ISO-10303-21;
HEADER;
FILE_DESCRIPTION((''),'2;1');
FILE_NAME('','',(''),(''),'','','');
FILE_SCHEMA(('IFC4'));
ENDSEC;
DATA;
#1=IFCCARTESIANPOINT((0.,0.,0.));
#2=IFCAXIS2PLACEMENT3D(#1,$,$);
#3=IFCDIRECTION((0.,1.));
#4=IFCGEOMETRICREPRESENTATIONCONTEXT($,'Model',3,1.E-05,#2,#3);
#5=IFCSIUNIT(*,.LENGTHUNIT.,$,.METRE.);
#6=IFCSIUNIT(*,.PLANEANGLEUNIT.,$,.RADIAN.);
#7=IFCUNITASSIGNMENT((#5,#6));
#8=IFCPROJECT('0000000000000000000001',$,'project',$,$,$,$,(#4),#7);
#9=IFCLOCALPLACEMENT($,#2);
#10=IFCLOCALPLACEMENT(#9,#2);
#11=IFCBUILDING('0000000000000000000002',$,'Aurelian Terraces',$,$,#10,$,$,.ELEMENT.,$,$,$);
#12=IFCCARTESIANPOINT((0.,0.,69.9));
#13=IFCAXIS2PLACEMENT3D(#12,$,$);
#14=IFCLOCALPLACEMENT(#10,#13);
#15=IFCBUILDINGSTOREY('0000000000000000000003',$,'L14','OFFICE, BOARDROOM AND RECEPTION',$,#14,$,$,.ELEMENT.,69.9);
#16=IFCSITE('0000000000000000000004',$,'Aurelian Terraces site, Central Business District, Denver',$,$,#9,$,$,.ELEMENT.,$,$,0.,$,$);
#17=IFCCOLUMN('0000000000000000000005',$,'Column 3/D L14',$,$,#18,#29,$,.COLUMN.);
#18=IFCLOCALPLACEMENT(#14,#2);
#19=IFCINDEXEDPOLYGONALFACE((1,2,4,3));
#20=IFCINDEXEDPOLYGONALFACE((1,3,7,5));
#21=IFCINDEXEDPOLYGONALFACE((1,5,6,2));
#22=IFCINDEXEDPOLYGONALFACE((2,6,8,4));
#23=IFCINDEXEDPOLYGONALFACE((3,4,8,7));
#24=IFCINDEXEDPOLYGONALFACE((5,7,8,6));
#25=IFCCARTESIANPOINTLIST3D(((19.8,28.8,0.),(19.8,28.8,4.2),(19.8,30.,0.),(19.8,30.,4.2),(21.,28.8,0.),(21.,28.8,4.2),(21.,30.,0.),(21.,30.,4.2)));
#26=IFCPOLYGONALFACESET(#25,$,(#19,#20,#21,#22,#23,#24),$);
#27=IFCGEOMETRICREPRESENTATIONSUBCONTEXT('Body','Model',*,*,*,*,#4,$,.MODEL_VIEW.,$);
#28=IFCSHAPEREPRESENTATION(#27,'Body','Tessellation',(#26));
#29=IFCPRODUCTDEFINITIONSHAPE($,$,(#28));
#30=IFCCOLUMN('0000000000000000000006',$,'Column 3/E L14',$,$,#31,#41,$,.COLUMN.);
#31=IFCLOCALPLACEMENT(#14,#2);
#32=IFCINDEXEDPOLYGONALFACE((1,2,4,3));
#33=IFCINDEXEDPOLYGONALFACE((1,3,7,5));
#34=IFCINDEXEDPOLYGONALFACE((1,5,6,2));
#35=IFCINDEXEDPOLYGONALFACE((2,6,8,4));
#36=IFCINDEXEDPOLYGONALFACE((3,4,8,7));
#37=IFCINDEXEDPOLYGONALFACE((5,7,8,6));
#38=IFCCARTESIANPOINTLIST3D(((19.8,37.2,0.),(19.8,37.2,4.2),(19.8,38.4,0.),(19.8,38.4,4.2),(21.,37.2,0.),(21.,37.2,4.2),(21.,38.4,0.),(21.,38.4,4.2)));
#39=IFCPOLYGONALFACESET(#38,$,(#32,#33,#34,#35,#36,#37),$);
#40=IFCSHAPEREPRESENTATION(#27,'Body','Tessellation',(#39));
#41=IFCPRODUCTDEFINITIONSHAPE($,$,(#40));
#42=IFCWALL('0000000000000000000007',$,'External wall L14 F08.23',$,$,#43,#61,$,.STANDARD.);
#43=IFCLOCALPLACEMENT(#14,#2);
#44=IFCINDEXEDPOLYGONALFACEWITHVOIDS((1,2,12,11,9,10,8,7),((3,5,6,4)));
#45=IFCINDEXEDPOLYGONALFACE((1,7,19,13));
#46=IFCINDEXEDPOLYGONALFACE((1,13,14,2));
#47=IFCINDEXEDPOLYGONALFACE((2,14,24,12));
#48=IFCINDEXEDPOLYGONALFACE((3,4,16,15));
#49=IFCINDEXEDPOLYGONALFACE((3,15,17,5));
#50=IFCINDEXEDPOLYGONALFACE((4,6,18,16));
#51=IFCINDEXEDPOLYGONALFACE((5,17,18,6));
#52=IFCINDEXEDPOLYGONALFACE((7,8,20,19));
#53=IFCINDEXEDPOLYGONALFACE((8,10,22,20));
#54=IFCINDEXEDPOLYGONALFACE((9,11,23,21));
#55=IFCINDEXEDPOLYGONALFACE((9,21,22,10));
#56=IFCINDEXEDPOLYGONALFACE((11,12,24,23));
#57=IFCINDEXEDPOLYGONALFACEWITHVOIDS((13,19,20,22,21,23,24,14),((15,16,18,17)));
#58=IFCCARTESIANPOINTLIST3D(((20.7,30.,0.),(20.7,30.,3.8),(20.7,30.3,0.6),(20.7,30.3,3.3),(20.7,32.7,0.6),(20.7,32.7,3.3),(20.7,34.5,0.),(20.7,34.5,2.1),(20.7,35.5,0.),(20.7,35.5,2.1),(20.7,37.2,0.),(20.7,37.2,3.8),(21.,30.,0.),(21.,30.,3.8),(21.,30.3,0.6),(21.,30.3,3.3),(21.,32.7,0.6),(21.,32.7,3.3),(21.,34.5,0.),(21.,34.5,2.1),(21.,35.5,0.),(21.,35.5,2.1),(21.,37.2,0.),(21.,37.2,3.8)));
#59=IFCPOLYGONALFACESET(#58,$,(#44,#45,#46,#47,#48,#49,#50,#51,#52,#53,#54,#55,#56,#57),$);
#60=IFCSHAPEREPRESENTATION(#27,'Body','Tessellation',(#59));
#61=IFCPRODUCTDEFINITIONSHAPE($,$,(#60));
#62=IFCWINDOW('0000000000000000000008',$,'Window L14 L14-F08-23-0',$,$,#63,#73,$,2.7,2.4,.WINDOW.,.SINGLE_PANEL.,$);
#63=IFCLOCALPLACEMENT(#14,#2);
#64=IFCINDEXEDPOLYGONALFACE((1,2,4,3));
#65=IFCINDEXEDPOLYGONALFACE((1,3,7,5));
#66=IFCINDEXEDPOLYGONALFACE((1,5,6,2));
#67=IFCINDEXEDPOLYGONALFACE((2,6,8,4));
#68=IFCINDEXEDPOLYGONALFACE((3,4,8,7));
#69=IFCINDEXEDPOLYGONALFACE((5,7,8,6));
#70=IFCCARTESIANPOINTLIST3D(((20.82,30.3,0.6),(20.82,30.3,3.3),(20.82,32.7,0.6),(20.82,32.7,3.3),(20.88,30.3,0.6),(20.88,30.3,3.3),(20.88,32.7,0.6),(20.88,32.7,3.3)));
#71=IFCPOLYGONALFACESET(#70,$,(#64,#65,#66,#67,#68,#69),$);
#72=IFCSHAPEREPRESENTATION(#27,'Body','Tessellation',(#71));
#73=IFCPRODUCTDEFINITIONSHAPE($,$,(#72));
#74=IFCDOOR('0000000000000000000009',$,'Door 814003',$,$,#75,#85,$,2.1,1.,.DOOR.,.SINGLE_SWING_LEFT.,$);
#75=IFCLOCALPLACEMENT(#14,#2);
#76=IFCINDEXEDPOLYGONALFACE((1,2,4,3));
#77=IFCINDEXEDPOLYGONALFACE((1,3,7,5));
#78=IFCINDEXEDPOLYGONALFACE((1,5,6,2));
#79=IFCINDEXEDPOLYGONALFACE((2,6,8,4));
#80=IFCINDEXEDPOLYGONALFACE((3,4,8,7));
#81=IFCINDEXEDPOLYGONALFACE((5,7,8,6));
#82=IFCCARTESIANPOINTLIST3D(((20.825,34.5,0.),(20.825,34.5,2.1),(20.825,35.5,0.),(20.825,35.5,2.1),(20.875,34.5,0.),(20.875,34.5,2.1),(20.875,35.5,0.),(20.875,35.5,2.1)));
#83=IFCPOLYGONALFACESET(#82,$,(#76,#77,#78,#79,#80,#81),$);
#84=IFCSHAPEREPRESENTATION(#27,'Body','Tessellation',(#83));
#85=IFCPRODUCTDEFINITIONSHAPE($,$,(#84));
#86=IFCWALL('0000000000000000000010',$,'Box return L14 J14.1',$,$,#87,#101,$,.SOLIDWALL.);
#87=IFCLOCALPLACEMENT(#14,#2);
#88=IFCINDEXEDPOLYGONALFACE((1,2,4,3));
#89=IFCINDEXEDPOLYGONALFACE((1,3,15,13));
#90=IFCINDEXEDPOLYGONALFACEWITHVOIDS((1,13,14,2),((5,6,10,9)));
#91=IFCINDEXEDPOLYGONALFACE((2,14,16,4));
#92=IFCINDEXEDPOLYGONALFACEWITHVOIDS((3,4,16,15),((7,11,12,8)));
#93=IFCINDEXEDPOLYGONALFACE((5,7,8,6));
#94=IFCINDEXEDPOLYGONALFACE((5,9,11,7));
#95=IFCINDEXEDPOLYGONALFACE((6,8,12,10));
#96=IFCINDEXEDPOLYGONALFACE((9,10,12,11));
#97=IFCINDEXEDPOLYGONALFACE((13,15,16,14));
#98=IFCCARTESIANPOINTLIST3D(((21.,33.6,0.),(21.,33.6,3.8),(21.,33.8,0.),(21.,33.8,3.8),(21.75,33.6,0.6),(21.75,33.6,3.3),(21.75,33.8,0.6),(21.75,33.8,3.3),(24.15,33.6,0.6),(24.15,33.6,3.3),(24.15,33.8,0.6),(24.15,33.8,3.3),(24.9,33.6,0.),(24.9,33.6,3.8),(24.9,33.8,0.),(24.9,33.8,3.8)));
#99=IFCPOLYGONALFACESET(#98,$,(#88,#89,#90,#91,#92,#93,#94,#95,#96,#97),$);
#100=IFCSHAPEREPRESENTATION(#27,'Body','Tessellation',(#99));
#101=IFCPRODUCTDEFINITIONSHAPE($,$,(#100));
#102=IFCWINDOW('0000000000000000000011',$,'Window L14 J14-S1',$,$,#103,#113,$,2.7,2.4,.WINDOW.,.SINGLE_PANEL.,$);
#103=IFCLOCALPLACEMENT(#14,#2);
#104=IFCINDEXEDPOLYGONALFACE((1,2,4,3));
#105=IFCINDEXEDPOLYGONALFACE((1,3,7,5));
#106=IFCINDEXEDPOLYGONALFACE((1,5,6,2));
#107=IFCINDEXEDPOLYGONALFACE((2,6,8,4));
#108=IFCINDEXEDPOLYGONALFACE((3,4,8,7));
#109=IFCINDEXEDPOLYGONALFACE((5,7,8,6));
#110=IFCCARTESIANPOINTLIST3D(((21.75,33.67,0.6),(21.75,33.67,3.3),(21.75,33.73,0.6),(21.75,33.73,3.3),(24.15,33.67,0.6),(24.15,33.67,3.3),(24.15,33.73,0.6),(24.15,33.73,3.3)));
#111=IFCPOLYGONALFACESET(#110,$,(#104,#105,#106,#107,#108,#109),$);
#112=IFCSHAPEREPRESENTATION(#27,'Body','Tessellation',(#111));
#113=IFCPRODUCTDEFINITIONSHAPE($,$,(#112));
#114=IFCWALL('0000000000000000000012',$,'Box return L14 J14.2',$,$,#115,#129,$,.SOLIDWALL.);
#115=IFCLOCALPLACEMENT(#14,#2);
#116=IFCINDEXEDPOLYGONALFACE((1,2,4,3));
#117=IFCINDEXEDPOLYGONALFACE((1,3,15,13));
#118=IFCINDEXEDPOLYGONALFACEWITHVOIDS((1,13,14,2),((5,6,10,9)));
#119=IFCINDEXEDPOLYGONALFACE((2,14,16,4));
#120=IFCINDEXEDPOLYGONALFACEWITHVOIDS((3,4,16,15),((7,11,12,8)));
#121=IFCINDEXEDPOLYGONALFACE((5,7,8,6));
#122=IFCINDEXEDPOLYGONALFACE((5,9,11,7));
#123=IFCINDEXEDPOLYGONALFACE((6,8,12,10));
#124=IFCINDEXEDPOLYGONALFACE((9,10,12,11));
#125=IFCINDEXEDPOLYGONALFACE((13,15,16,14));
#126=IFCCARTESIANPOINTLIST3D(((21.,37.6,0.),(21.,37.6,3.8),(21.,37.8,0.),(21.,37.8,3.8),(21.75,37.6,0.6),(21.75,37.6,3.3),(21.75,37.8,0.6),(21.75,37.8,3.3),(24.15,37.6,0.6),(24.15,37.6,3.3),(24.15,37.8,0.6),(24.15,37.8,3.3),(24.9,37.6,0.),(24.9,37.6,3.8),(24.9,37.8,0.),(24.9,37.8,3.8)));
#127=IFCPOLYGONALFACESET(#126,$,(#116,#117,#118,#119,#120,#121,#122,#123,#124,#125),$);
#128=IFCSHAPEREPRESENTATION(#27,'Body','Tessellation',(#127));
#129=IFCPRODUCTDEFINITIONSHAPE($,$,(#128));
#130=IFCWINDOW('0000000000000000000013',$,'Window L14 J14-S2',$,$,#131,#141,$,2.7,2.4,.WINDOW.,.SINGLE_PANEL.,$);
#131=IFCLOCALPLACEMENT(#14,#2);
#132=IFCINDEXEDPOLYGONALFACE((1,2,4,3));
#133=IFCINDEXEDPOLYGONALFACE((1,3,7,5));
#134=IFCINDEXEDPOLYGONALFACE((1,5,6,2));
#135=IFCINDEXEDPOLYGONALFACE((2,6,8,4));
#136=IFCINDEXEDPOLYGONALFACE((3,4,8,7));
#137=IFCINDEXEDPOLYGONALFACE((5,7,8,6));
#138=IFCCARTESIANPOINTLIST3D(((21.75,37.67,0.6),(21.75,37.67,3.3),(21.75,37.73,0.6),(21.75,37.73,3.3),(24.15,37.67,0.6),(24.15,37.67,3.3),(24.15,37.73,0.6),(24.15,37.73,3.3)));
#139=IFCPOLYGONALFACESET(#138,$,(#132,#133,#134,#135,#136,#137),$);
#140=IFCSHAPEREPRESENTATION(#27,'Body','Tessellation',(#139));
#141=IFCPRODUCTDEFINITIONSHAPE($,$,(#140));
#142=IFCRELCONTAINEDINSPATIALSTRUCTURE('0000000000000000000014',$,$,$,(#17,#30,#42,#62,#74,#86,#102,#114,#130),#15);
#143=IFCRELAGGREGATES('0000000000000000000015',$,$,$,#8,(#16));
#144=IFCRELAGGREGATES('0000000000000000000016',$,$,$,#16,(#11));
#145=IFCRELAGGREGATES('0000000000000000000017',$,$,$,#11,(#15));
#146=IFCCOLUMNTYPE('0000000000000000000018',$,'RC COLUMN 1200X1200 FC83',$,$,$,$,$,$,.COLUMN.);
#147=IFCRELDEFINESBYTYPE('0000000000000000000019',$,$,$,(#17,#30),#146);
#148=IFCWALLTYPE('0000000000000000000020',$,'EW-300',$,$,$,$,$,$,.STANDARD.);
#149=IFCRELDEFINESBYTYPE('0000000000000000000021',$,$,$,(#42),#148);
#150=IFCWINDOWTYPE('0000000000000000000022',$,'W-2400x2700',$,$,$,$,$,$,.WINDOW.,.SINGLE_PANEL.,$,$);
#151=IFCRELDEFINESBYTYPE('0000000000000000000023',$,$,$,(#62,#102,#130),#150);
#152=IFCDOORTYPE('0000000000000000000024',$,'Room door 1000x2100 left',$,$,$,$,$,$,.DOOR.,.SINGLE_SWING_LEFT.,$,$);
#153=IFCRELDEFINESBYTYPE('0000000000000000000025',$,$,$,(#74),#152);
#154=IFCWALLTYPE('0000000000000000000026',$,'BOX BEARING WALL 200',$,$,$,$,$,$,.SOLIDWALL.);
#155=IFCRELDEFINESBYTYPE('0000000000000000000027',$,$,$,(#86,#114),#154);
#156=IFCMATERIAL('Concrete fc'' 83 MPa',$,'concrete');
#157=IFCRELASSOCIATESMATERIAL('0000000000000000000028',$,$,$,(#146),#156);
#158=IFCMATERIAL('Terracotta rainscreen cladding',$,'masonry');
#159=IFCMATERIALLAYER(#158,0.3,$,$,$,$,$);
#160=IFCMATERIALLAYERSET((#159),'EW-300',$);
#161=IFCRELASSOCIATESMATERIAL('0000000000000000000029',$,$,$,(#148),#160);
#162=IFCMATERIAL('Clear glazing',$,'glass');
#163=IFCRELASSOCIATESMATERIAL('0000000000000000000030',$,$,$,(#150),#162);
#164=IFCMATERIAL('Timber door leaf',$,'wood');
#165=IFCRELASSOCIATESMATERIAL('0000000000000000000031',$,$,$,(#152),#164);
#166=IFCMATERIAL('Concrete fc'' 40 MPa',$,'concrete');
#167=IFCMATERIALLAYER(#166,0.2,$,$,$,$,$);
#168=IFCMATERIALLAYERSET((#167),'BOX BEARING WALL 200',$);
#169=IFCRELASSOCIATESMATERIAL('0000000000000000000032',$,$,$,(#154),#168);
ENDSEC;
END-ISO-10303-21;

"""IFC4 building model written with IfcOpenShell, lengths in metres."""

from ifc_helpers import new_model, si_unit, direction, frame, frame_2d, origin, origin_2d, place, context, subcontext, project, spatial, rectangle, extrude, source, transform, mapped, material, layer, layer_set, material_profile, profile_set, type_object, element, fill, save


model = new_model("IFC4")

# Units and contexts
model_context = context("Model", 3, precision=1e-05, world=origin(), true_north=direction((0.0, 1.0)))
body_context = subcontext(model_context, "Body", "Model", "MODEL_VIEW")
ifc_project = project(units=[si_unit("LENGTHUNIT", "METRE"), si_unit("PLANEANGLEUNIT", "RADIAN")], contexts=[model_context])

# Site, building, storey
site_placement = place(None, origin())
site = spatial("IfcSite", under=ifc_project, at=site_placement, Name="Aurelian Terraces site, Central Business District, Denver", CompositionType="ELEMENT", RefElevation=0.0)
building_placement = place(site_placement, origin())
building = spatial("IfcBuilding", under=site, at=building_placement, Name="Aurelian Terraces", CompositionType="ELEMENT")
storey_placement = place(building_placement, frame((0.0, 0.0, 69.9)))
storey = spatial("IfcBuildingStorey", under=building, at=storey_placement, Name="L14", Description="OFFICE, BOARDROOM AND RECEPTION", CompositionType="ELEMENT", Elevation=69.9)

# Columns
ifc_material_1 = material(Name="Concrete fc' 83 MPa", Category="concrete")
ifc_material_profile = material_profile(ifc_material_1, rectangle(XDim=1.2, YDim=1.2, at=origin_2d()))
ifc_profile_set = profile_set([ifc_material_profile], Name="Concrete fc' 83 MPa")
column_type = type_object("IfcColumnType", Name="RC COLUMN 1200X1200 FC83", PredefinedType="COLUMN", material=ifc_profile_set)
shared_shape_1 = source(origin(), body_context, "Body", "SweptSolid", [
    extrude(rectangle(XDim=1.2, YDim=1.2, at=origin_2d()), origin(), (0.0, 0.0, 1.0), 4.2),
])
for number, where, z_axis, x_axis, name in (
    (1, (20.4, 29.4, 0.0), (0.0, 0.0, 1.0), (1.0, 0.0, 0.0), "Column 3/D L14"),
    (2, (20.4, 37.8, 0.0), (0.0, 0.0, 1.0), (1.0, 0.0, 0.0), "Column 3/E L14"),
):
    element("IfcColumn", number, at=place(storey_placement, frame(where, z_axis=z_axis, x_axis=x_axis)), inside=storey, type_object=column_type, Name=name, PredefinedType="COLUMN", context=body_context, shape_type="MappedRepresentation", body=[
        mapped(shared_shape_1, transform((0.0, 0.0, 0.0), scale=1.0)),
    ])

# Wall, openings, window, door
ifc_material_2 = material(Name="Terracotta rainscreen cladding", Category="masonry")
ifc_layer_1 = layer(ifc_material_2, 0.3)
ifc_layer_set_1 = layer_set([ifc_layer_1], Name="EW-300")
wall_type_1 = type_object("IfcWallType", Name="EW-300", PredefinedType="STANDARD", material=ifc_layer_set_1)
shared_shape_2 = source(origin(), body_context, "Body", "SweptSolid", [
    extrude(rectangle(XDim=7.2, YDim=0.3, at=frame_2d((3.6, 0.0))), origin(), (0.0, 0.0, 1.0), 3.8),
])
wall_1_placement = place(storey_placement, frame((20.85, 30.0, 0.0), z_axis=(0.0, 0.0, 1.0), x_axis=(0.0, 1.0, 0.0)))
wall_1 = element("IfcWall", 3, at=wall_1_placement, inside=storey, type_object=wall_type_1, Name="External wall L14 F08.23", PredefinedType="STANDARD", context=body_context, shape_type="MappedRepresentation", body=[
    mapped(shared_shape_2, transform((0.0, 0.0, 0.0), scale=1.0)),
])
shared_shape_3 = source(origin(), body_context, "Body", "SweptSolid", [
    extrude(rectangle(XDim=2.4, YDim=2.7, at=frame_2d((1.2, 1.35))), frame((0.0, 0.16, 0.0), z_axis=(0.0, -1.0, 0.0), x_axis=(1.0, 0.0, 0.0)), (0.0, 0.0, 1.0), 0.32),
])
opening_1_placement = place(wall_1_placement, frame((0.3, 0.0, 0.6)))
opening_1 = element("IfcOpeningElement", 4, at=opening_1_placement, cuts=wall_1, PredefinedType="OPENING", context=body_context, shape_type="MappedRepresentation", body=[
    mapped(shared_shape_3, transform((0.0, 0.0, 0.0), scale=1.0)),
])
shared_shape_4 = source(origin(), body_context, "Body", "SweptSolid", [
    extrude(rectangle(XDim=1.0, YDim=2.1, at=frame_2d((0.5, 1.05))), frame((0.0, 0.16, 0.0), z_axis=(0.0, -1.0, 0.0), x_axis=(1.0, 0.0, 0.0)), (0.0, 0.0, 1.0), 0.32),
])
opening_2_placement = place(wall_1_placement, frame((4.5, 0.0, 0.0)))
opening_2 = element("IfcOpeningElement", 5, at=opening_2_placement, cuts=wall_1, PredefinedType="OPENING", context=body_context, shape_type="MappedRepresentation", body=[
    mapped(shared_shape_4, transform((0.0, 0.0, 0.0), scale=1.0)),
])
ifc_material_3 = material(Name="Clear glazing", Category="glass")
window_type_1 = type_object("IfcWindowType", Name="W-2400x2700", PartitioningType="SINGLE_PANEL", PredefinedType="WINDOW", material=ifc_material_3)
shared_shape_5 = source(origin(), body_context, "Body", "SweptSolid", [
    extrude(rectangle(XDim=2.4, YDim=2.7, at=frame_2d((1.2, 1.35))), frame((0.0, 0.03, 0.0), z_axis=(0.0, -1.0, 0.0), x_axis=(1.0, 0.0, 0.0)), (0.0, 0.0, 1.0), 0.06),
])
window_1_placement = place(opening_1_placement, origin())
window_1 = element("IfcWindow", 6, at=window_1_placement, inside=storey, type_object=window_type_1, Name="Window L14 L14-F08-23-0", OverallHeight=2.7, OverallWidth=2.4, PartitioningType="SINGLE_PANEL", PredefinedType="WINDOW", context=body_context, shape_type="MappedRepresentation", body=[
    mapped(shared_shape_5, transform((0.0, 0.0, 0.0), scale=1.0)),
])
fill(opening_1, window_1)
ifc_material_4 = material(Name="Timber door leaf", Category="wood")
door_type = type_object("IfcDoorType", Name="Room door 1000x2100 left", OperationType="SINGLE_SWING_LEFT", PredefinedType="DOOR", material=ifc_material_4)
shared_shape_6 = source(origin(), body_context, "Body", "SweptSolid", [
    extrude(rectangle(XDim=1.0, YDim=2.1, at=frame_2d((0.5, 1.05))), frame((0.0, 0.025, 0.0), z_axis=(0.0, -1.0, 0.0), x_axis=(1.0, 0.0, 0.0)), (0.0, 0.0, 1.0), 0.05),
])
door_placement = place(opening_2_placement, origin())
door = element("IfcDoor", 7, at=door_placement, inside=storey, type_object=door_type, Name="Door 814003", OperationType="SINGLE_SWING_LEFT", OverallHeight=2.1, OverallWidth=1.0, PredefinedType="DOOR", context=body_context, shape_type="MappedRepresentation", body=[
    mapped(shared_shape_6, transform((0.0, 0.0, 0.0), scale=1.0)),
])
fill(opening_2, door)

# Walls, openings, windows
ifc_material_5 = material(Name="Concrete fc' 40 MPa", Category="concrete")
ifc_layer_2 = layer(ifc_material_5, 0.2)
ifc_layer_set_2 = layer_set([ifc_layer_2], Name="BOX BEARING WALL 200")
wall_type_2 = type_object("IfcWallType", Name="BOX BEARING WALL 200", PredefinedType="SOLIDWALL", material=ifc_layer_set_2)
shared_shape_7 = source(origin(), body_context, "Body", "SweptSolid", [
    extrude(rectangle(XDim=3.9, YDim=0.2, at=frame_2d((1.95, 0.0))), origin(), (0.0, 0.0, 1.0), 3.8),
])
wall_2_placement = place(storey_placement, frame((21.0, 33.7, 0.0), z_axis=(0.0, 0.0, 1.0), x_axis=(1.0, 0.0, 0.0)))
wall_2 = element("IfcWall", 8, at=wall_2_placement, inside=storey, type_object=wall_type_2, Name="Box return L14 J14.1", PredefinedType="SOLIDWALL", context=body_context, shape_type="MappedRepresentation", body=[
    mapped(shared_shape_7, transform((0.0, 0.0, 0.0), scale=1.0)),
])
shared_shape_8 = source(origin(), body_context, "Body", "SweptSolid", [
    extrude(rectangle(XDim=2.4, YDim=2.7, at=frame_2d((1.2, 1.35))), frame((0.0, 0.11, 0.0), z_axis=(0.0, -1.0, 0.0), x_axis=(1.0, 0.0, 0.0)), (0.0, 0.0, 1.0), 0.22),
])
opening_3_placement = place(wall_2_placement, frame((0.75, 0.0, 0.6)))
opening_3 = element("IfcOpeningElement", 9, at=opening_3_placement, cuts=wall_2, PredefinedType="OPENING", context=body_context, shape_type="MappedRepresentation", body=[
    mapped(shared_shape_8, transform((0.0, 0.0, 0.0), scale=1.0)),
])
window_2_placement = place(opening_3_placement, origin())
window_2 = element("IfcWindow", 10, at=window_2_placement, inside=storey, type_object=window_type_1, Name="Window L14 J14-S1", OverallHeight=2.7, OverallWidth=2.4, PartitioningType="SINGLE_PANEL", PredefinedType="WINDOW", context=body_context, shape_type="MappedRepresentation", body=[
    mapped(shared_shape_5, transform((0.0, 0.0, 0.0), scale=1.0)),
])
fill(opening_3, window_2)
wall_3_placement = place(storey_placement, frame((21.0, 37.7, 0.0), z_axis=(0.0, 0.0, 1.0), x_axis=(1.0, 0.0, 0.0)))
wall_3 = element("IfcWall", 11, at=wall_3_placement, inside=storey, type_object=wall_type_2, Name="Box return L14 J14.2", PredefinedType="SOLIDWALL", context=body_context, shape_type="MappedRepresentation", body=[
    mapped(shared_shape_7, transform((0.0, 0.0, 0.0), scale=1.0)),
])
opening_4_placement = place(wall_3_placement, frame((0.75, 0.0, 0.6)))
opening_4 = element("IfcOpeningElement", 12, at=opening_4_placement, cuts=wall_3, PredefinedType="OPENING", context=body_context, shape_type="MappedRepresentation", body=[
    mapped(shared_shape_8, transform((0.0, 0.0, 0.0), scale=1.0)),
])
window_3_placement = place(opening_4_placement, origin())
window_3 = element("IfcWindow", 13, at=window_3_placement, inside=storey, type_object=window_type_1, Name="Window L14 J14-S2", OverallHeight=2.7, OverallWidth=2.4, PartitioningType="SINGLE_PANEL", PredefinedType="WINDOW", context=body_context, shape_type="MappedRepresentation", body=[
    mapped(shared_shape_5, transform((0.0, 0.0, 0.0), scale=1.0)),
])
fill(opening_4, window_3)

save(model, "model.ifc")
